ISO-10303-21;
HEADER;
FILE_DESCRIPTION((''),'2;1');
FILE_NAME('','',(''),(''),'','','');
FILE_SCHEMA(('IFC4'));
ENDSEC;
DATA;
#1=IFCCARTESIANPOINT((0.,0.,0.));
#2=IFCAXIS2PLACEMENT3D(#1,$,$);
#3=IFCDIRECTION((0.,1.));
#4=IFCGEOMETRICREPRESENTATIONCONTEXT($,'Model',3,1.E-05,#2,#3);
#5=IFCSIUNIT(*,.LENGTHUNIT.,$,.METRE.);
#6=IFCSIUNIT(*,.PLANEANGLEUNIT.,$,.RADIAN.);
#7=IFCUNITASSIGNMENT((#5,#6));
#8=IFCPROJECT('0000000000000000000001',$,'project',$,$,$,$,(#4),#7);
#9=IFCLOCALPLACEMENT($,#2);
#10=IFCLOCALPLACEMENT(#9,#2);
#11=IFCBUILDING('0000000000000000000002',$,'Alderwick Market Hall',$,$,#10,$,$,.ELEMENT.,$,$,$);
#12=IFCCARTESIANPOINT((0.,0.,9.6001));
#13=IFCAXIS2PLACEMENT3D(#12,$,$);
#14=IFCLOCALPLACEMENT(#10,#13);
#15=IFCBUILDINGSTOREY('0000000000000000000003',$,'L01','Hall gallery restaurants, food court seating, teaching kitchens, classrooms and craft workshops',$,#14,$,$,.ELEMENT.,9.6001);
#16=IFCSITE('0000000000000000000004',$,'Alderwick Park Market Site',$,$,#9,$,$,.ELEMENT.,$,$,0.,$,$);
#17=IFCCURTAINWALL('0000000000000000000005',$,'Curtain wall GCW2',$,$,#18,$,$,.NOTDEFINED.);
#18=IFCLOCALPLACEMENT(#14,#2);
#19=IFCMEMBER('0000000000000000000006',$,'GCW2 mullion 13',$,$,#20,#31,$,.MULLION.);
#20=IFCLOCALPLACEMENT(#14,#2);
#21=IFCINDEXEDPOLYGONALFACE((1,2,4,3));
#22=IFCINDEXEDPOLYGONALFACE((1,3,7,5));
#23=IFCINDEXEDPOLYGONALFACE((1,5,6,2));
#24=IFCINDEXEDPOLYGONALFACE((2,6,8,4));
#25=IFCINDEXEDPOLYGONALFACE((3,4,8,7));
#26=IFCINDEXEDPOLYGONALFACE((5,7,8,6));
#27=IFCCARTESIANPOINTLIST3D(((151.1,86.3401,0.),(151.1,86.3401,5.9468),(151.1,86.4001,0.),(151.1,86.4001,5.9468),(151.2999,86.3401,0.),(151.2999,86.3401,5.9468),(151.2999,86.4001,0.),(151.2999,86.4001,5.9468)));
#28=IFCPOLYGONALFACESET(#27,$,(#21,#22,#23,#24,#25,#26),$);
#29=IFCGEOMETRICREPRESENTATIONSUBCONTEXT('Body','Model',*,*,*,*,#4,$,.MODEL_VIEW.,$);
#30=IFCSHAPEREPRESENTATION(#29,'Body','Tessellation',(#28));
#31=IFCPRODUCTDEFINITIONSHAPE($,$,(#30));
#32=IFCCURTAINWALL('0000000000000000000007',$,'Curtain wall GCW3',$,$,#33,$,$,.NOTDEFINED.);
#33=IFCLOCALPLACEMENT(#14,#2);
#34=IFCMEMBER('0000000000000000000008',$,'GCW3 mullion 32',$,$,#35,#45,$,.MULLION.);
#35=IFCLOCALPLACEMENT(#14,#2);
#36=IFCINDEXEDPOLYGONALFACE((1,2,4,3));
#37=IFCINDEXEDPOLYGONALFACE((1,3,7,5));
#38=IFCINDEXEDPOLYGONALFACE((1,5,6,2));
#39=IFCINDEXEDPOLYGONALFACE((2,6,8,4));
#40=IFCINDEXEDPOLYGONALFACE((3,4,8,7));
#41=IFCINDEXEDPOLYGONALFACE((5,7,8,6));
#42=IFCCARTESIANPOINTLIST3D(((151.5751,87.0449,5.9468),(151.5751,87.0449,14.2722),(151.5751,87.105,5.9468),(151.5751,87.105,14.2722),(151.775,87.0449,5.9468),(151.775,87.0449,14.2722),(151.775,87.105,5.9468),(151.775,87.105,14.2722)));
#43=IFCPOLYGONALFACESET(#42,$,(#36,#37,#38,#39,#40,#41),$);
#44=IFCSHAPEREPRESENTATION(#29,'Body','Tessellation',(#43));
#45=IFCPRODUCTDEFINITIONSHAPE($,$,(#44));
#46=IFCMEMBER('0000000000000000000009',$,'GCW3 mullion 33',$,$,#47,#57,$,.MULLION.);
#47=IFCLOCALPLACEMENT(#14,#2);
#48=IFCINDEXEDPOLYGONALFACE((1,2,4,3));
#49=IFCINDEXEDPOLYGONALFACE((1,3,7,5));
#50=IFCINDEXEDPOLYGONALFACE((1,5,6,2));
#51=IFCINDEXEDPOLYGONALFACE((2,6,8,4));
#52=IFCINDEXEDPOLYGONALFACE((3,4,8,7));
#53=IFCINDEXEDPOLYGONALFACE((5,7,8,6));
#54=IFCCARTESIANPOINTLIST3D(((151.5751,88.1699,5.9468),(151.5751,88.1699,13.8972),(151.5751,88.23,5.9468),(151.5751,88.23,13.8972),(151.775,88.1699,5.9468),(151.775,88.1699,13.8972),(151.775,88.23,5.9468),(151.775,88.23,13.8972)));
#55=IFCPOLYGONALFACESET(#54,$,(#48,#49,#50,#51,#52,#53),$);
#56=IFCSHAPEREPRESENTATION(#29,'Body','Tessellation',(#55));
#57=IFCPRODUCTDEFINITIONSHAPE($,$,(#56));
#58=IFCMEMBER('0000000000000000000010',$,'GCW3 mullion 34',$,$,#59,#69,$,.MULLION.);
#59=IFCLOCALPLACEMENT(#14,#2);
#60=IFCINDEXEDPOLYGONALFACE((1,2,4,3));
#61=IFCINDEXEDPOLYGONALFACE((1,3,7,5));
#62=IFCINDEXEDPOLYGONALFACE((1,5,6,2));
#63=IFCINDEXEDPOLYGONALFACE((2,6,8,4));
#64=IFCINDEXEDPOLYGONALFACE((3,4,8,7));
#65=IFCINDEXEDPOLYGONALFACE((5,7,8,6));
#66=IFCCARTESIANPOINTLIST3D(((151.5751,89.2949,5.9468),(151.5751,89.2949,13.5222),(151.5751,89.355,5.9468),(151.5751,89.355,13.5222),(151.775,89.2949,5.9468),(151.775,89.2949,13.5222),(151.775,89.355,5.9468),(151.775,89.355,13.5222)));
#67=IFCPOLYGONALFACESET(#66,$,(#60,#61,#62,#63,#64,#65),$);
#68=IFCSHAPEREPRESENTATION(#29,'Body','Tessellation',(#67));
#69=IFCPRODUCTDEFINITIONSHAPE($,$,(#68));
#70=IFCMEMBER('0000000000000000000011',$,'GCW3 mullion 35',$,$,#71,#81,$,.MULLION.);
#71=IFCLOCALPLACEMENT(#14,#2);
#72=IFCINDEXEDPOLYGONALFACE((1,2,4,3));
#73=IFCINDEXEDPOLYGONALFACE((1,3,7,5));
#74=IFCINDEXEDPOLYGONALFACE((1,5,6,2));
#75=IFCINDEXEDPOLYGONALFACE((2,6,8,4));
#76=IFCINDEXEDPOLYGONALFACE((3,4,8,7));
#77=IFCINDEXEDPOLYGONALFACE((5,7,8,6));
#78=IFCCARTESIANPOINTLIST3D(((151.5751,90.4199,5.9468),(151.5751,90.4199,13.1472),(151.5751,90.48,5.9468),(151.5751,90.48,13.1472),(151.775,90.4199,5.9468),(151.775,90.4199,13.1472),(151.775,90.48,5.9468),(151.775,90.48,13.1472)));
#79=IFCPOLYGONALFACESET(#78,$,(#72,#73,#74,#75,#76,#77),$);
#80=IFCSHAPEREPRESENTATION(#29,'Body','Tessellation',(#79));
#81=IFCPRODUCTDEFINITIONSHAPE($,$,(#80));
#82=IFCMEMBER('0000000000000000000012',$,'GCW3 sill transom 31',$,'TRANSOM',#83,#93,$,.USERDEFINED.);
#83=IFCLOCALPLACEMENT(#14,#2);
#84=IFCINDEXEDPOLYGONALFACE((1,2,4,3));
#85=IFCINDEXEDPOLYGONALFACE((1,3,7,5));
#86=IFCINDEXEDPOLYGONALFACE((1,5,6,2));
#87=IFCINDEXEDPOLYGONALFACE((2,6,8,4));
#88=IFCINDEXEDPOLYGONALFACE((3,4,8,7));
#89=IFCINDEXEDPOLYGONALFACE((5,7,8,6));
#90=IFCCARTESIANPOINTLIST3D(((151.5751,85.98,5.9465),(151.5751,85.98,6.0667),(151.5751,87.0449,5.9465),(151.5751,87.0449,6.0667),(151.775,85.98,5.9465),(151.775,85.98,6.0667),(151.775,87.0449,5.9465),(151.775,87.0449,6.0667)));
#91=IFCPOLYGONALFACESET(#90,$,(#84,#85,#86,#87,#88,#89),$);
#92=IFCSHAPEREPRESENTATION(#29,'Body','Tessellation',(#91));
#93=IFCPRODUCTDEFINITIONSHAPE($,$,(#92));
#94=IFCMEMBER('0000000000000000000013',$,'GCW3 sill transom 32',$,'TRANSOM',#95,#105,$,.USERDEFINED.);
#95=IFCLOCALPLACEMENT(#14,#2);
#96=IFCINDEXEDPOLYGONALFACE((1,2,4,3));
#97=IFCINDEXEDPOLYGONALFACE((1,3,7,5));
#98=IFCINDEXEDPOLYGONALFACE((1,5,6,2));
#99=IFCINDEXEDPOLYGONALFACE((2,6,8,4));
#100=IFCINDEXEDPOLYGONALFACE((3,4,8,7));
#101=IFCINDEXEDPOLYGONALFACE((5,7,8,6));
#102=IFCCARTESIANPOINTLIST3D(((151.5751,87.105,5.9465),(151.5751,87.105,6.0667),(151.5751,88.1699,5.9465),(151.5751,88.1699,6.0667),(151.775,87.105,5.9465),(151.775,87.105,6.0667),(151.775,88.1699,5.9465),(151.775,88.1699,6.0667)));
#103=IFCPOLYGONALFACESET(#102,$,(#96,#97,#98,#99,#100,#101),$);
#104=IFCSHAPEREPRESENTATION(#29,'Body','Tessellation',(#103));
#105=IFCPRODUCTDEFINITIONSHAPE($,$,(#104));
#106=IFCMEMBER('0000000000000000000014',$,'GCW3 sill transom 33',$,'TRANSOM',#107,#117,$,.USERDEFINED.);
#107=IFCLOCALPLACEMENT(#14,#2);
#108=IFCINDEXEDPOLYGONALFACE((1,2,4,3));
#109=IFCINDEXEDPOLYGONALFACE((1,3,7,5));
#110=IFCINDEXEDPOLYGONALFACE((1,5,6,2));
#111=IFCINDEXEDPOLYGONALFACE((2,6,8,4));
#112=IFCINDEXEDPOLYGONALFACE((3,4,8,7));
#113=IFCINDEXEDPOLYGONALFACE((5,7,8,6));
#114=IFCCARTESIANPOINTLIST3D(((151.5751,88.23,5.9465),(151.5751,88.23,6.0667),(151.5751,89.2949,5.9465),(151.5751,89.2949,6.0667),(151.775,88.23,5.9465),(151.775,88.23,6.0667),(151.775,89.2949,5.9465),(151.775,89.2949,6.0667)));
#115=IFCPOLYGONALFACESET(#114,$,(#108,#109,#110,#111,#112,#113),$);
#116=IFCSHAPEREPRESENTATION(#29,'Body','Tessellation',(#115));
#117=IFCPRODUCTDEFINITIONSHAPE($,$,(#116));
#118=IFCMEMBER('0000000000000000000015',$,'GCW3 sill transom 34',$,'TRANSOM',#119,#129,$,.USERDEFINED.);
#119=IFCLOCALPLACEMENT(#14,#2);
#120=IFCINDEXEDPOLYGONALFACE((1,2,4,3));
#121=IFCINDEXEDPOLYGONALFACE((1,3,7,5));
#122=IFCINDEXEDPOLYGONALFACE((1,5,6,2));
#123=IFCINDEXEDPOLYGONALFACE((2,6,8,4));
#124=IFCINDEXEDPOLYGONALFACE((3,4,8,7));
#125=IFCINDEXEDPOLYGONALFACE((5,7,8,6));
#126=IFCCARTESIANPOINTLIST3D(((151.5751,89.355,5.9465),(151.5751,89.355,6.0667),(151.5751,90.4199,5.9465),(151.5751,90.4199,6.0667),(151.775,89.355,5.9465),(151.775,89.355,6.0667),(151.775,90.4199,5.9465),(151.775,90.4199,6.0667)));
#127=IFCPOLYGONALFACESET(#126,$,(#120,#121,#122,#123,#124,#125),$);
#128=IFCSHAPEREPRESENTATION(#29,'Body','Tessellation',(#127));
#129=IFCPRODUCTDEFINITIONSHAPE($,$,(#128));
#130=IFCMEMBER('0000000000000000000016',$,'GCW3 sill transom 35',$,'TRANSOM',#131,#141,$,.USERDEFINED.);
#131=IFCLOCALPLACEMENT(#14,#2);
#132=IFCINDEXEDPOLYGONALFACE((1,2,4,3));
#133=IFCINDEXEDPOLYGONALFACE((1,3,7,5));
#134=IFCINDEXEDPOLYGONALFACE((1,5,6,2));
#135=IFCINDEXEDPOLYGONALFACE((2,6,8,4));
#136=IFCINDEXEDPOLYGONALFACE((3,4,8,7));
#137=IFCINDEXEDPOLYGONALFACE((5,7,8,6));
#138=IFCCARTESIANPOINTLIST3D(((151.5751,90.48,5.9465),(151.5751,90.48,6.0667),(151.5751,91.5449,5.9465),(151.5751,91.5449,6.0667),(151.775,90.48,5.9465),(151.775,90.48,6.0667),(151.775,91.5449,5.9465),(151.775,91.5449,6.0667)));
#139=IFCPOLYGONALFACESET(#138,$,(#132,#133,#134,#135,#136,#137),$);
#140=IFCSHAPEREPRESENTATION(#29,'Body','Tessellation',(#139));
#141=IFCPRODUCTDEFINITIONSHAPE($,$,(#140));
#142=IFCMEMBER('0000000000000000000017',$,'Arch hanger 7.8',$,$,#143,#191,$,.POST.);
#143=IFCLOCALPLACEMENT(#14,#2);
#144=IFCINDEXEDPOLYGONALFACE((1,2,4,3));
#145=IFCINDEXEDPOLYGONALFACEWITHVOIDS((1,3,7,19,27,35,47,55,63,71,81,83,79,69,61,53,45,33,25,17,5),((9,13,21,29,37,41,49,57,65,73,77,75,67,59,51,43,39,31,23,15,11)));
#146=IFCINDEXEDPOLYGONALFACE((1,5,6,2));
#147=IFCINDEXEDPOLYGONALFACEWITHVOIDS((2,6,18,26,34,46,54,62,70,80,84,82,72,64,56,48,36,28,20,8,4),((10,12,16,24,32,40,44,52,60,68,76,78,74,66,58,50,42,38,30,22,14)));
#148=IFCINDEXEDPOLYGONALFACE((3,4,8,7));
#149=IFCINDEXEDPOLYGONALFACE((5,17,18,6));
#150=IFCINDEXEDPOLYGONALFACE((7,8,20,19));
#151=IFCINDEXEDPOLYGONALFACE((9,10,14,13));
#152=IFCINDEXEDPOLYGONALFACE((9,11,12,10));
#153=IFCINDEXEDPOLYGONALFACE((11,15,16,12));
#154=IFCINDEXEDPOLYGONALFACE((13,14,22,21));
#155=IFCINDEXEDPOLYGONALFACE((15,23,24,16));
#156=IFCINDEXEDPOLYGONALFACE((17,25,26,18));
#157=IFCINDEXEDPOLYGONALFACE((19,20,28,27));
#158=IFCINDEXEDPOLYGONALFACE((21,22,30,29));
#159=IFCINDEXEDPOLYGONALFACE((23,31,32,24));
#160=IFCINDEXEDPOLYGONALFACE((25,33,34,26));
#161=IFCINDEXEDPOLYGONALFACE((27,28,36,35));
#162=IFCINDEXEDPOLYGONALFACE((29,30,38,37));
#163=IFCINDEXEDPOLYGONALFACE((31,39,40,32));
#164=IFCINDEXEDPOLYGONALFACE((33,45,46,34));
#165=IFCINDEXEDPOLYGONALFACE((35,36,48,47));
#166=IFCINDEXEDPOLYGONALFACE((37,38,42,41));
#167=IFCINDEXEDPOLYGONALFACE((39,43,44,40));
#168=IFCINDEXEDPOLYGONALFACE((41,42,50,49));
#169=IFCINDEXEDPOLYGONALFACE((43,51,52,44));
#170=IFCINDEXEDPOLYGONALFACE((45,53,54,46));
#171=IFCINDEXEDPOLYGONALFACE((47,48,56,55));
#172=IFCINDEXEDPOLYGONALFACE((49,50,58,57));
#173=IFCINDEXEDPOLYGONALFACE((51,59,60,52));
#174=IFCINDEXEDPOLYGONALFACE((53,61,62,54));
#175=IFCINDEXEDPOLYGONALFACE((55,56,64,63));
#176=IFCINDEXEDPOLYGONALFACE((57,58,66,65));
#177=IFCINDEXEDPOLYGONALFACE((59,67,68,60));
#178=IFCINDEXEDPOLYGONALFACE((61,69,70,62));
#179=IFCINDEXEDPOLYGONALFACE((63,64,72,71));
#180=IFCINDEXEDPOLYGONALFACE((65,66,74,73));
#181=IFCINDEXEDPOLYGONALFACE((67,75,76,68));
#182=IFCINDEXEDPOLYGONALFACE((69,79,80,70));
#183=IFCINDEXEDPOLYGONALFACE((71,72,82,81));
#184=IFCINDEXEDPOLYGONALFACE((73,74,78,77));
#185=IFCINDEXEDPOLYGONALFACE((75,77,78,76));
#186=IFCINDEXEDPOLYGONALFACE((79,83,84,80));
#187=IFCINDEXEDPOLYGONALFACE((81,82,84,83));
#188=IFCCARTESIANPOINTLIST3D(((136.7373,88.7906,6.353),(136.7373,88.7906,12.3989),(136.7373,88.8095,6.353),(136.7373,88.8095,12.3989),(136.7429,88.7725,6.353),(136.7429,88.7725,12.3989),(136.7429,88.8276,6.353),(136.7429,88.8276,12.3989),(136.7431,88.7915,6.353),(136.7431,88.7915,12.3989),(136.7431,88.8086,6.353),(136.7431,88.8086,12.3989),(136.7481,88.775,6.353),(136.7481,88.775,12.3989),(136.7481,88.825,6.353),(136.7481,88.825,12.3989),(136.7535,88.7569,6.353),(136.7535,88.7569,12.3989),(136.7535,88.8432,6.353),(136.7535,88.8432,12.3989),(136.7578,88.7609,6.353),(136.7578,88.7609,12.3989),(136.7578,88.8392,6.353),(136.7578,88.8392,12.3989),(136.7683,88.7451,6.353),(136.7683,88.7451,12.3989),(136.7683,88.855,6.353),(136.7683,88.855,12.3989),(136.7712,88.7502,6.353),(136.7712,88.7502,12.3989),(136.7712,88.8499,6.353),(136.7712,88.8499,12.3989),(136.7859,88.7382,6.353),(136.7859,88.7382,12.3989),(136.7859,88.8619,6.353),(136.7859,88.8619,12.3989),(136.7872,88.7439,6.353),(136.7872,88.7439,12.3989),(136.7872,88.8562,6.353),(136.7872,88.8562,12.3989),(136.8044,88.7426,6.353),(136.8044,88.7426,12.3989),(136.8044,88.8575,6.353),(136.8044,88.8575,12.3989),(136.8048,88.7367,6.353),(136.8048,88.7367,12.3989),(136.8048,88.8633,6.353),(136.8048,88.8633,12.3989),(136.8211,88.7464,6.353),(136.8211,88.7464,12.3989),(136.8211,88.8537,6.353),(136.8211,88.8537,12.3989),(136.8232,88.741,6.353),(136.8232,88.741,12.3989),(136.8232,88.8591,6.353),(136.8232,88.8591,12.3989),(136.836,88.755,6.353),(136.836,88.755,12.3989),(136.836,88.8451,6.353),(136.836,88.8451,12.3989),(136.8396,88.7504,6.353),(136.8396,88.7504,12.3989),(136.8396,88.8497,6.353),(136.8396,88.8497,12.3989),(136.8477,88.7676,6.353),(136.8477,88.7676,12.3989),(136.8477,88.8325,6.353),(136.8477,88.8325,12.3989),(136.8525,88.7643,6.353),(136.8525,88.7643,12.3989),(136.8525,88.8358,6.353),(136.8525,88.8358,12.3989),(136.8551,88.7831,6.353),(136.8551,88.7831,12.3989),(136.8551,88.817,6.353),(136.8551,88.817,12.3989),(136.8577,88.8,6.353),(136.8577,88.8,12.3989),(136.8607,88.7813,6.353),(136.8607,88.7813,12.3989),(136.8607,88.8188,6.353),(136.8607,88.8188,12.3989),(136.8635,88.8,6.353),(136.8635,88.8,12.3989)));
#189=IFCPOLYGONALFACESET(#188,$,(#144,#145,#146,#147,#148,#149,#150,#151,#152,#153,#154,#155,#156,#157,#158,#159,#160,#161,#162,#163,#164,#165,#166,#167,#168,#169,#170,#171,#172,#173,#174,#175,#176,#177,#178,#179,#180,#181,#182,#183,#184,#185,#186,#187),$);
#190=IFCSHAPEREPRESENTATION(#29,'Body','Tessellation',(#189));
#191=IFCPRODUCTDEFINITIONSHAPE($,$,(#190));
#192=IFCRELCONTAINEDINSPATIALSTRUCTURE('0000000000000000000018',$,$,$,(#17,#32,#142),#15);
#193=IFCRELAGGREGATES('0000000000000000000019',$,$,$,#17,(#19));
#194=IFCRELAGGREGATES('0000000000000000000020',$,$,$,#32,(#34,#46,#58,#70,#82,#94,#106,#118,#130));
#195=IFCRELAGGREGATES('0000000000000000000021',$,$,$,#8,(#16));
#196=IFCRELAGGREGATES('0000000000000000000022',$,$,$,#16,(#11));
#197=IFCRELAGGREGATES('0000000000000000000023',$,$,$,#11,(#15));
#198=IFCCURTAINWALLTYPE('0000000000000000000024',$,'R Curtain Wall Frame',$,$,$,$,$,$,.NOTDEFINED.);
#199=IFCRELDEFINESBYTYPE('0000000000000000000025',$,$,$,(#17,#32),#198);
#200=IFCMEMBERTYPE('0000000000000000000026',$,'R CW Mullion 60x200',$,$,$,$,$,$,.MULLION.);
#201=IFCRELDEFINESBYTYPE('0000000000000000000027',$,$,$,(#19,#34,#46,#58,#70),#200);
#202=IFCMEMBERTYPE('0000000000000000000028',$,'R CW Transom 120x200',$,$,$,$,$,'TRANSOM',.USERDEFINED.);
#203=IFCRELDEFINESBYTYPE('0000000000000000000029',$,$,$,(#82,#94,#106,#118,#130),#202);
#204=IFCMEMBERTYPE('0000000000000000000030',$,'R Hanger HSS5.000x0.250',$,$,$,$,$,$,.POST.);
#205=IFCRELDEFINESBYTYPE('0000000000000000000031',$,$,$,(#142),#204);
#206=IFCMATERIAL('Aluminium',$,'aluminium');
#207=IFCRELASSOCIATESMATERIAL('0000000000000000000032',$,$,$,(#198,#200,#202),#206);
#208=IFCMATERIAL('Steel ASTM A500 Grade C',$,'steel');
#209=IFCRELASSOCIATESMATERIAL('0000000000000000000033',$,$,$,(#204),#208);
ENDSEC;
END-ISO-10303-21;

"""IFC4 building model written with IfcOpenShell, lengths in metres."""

from ifc_helpers import new_model, si_unit, direction, frame, origin, origin_2d, place, context, subcontext, project, spatial, rectangle, hollow_circle, extrude, material, material_profile, profile_set, type_object, element, aggregate, save


model = new_model("IFC4")

# Units and contexts
model_context = context("Model", 3, precision=1e-05, world=origin(), true_north=direction((0.0, 1.0)))
body_context = subcontext(model_context, "Body", "Model", "MODEL_VIEW")
ifc_project = project(units=[si_unit("LENGTHUNIT", "METRE"), si_unit("PLANEANGLEUNIT", "RADIAN")], contexts=[model_context])

# Site, building, storey
site_placement = place(None, origin())
site = spatial("IfcSite", under=ifc_project, at=site_placement, Name="Alderwick Park Market Site", CompositionType="ELEMENT", RefElevation=0.0)
building_placement = place(site_placement, origin())
building = spatial("IfcBuilding", under=site, at=building_placement, Name="Alderwick Market Hall", CompositionType="ELEMENT")
storey_placement = place(building_placement, frame((0.0, 0.0, 9.6001)))
storey = spatial("IfcBuildingStorey", under=building, at=storey_placement, Name="L01", Description="Hall gallery restaurants, food court seating, teaching kitchens, classrooms and craft workshops", CompositionType="ELEMENT", Elevation=9.6001)

# Curtain wall, member
ifc_material_1 = material(Name="Aluminium", Category="aluminium")
curtain_wall_type = type_object("IfcCurtainWallType", Name="R Curtain Wall Frame", PredefinedType="NOTDEFINED", material=ifc_material_1)
curtain_wall_1_placement = place(storey_placement, origin())
curtain_wall_1 = element("IfcCurtainWall", 1, at=curtain_wall_1_placement, inside=storey, type_object=curtain_wall_type, Name="Curtain wall GCW2", PredefinedType="NOTDEFINED")
ifc_material_profile_1 = material_profile(ifc_material_1, rectangle(XDim=0.2, YDim=0.0601, at=origin_2d()), Name="AL 60x200")
ifc_profile_set_1 = profile_set([ifc_material_profile_1], Name="Aluminium")
member_type_1 = type_object("IfcMemberType", Name="R CW Mullion 60x200", PredefinedType="MULLION", material=ifc_profile_set_1)
member_1_placement = place(storey_placement, frame((151.2, 86.3701, 0.0), z_axis=(0.0, 0.0, 1.0), x_axis=(1.0, 0.0, 0.0)))
member_1 = element("IfcMember", 2, at=member_1_placement, type_object=member_type_1, Name="GCW2 mullion 13", PredefinedType="MULLION", context=body_context, shape_type="SweptSolid", body=[
    extrude(rectangle(XDim=0.2, YDim=0.0601, at=origin_2d()), origin(), (0.0, 0.0, 1.0), 5.9468),
])
aggregate(curtain_wall_1, [member_1])

# Curtain wall, members
curtain_wall_2_placement = place(storey_placement, origin())
curtain_wall_2 = element("IfcCurtainWall", 3, at=curtain_wall_2_placement, inside=storey, type_object=curtain_wall_type, Name="Curtain wall GCW3", PredefinedType="NOTDEFINED")
member_2_placement = place(storey_placement, frame((151.675, 87.075, 5.9468), z_axis=(0.0, 0.0, 1.0), x_axis=(1.0, 0.0, 0.0)))
member_2 = element("IfcMember", 4, at=member_2_placement, type_object=member_type_1, Name="GCW3 mullion 32", PredefinedType="MULLION", context=body_context, shape_type="SweptSolid", body=[
    extrude(rectangle(XDim=0.2, YDim=0.0601, at=origin_2d()), origin(), (0.0, 0.0, 1.0), 8.3254),
])
member_3_placement = place(storey_placement, frame((151.675, 88.2, 5.9468), z_axis=(0.0, 0.0, 1.0), x_axis=(1.0, 0.0, 0.0)))
member_3 = element("IfcMember", 5, at=member_3_placement, type_object=member_type_1, Name="GCW3 mullion 33", PredefinedType="MULLION", context=body_context, shape_type="SweptSolid", body=[
    extrude(rectangle(XDim=0.2, YDim=0.0601, at=origin_2d()), origin(), (0.0, 0.0, 1.0), 7.9504),
])
member_4_placement = place(storey_placement, frame((151.675, 89.325, 5.9468), z_axis=(0.0, 0.0, 1.0), x_axis=(1.0, 0.0, 0.0)))
member_4 = element("IfcMember", 6, at=member_4_placement, type_object=member_type_1, Name="GCW3 mullion 34", PredefinedType="MULLION", context=body_context, shape_type="SweptSolid", body=[
    extrude(rectangle(XDim=0.2, YDim=0.0601, at=origin_2d()), origin(), (0.0, 0.0, 1.0), 7.5754),
])
member_5_placement = place(storey_placement, frame((151.675, 90.45, 5.9468), z_axis=(0.0, 0.0, 1.0), x_axis=(1.0, 0.0, 0.0)))
member_5 = element("IfcMember", 7, at=member_5_placement, type_object=member_type_1, Name="GCW3 mullion 35", PredefinedType="MULLION", context=body_context, shape_type="SweptSolid", body=[
    extrude(rectangle(XDim=0.2, YDim=0.0601, at=origin_2d()), origin(), (0.0, 0.0, 1.0), 7.2004),
])
ifc_material_profile_2 = material_profile(ifc_material_1, rectangle(XDim=0.2, YDim=0.1201, at=origin_2d()), Name="AL 120x200")
ifc_profile_set_2 = profile_set([ifc_material_profile_2], Name="Aluminium")
member_type_2 = type_object("IfcMemberType", Name="R CW Transom 120x200", ElementType="TRANSOM", PredefinedType="USERDEFINED", material=ifc_profile_set_2)
member_6_placement = place(storey_placement, frame((151.675, 85.98, 6.0066), z_axis=(0.0, 1.0, 0.0), x_axis=(-1.0, 0.0, 0.0)))
member_6 = element("IfcMember", 8, at=member_6_placement, type_object=member_type_2, Name="GCW3 sill transom 31", ObjectType="TRANSOM", PredefinedType="USERDEFINED", context=body_context, shape_type="SweptSolid", body=[
    extrude(rectangle(XDim=0.2, YDim=0.1201, at=origin_2d()), origin(), (0.0, 0.0, 1.0), 1.0649),
])
member_7_placement = place(storey_placement, frame((151.675, 87.105, 6.0066), z_axis=(0.0, 1.0, 0.0), x_axis=(-1.0, 0.0, 0.0)))
member_7 = element("IfcMember", 9, at=member_7_placement, type_object=member_type_2, Name="GCW3 sill transom 32", ObjectType="TRANSOM", PredefinedType="USERDEFINED", context=body_context, shape_type="SweptSolid", body=[
    extrude(rectangle(XDim=0.2, YDim=0.1201, at=origin_2d()), origin(), (0.0, 0.0, 1.0), 1.0649),
])
member_8_placement = place(storey_placement, frame((151.675, 88.23, 6.0066), z_axis=(0.0, 1.0, 0.0), x_axis=(-1.0, 0.0, 0.0)))
member_8 = element("IfcMember", 10, at=member_8_placement, type_object=member_type_2, Name="GCW3 sill transom 33", ObjectType="TRANSOM", PredefinedType="USERDEFINED", context=body_context, shape_type="SweptSolid", body=[
    extrude(rectangle(XDim=0.2, YDim=0.1201, at=origin_2d()), origin(), (0.0, 0.0, 1.0), 1.0649),
])
member_9_placement = place(storey_placement, frame((151.675, 89.355, 6.0066), z_axis=(0.0, 1.0, 0.0), x_axis=(-1.0, 0.0, 0.0)))
member_9 = element("IfcMember", 11, at=member_9_placement, type_object=member_type_2, Name="GCW3 sill transom 34", ObjectType="TRANSOM", PredefinedType="USERDEFINED", context=body_context, shape_type="SweptSolid", body=[
    extrude(rectangle(XDim=0.2, YDim=0.1201, at=origin_2d()), origin(), (0.0, 0.0, 1.0), 1.0649),
])
member_10_placement = place(storey_placement, frame((151.675, 90.48, 6.0066), z_axis=(0.0, 1.0, 0.0), x_axis=(-1.0, 0.0, 0.0)))
member_10 = element("IfcMember", 12, at=member_10_placement, type_object=member_type_2, Name="GCW3 sill transom 35", ObjectType="TRANSOM", PredefinedType="USERDEFINED", context=body_context, shape_type="SweptSolid", body=[
    extrude(rectangle(XDim=0.2, YDim=0.1201, at=origin_2d()), origin(), (0.0, 0.0, 1.0), 1.0649),
])

# Member
ifc_material_2 = material(Name="Steel ASTM A500 Grade C", Category="steel")
ifc_material_profile_3 = material_profile(ifc_material_2, hollow_circle(Radius=0.0635, WallThickness=0.0059, at=origin_2d()), Name="HSS5.000x0.250")
ifc_profile_set_3 = profile_set([ifc_material_profile_3], Name="Steel ASTM A500 Grade C")
member_type_3 = type_object("IfcMemberType", Name="R Hanger HSS5.000x0.250", PredefinedType="POST", material=ifc_profile_set_3)
member_11_placement = place(storey_placement, frame((136.8, 88.8, 6.353), z_axis=(0.0, 0.0, 1.0), x_axis=(1.0, 0.0, 0.0)))
element("IfcMember", 13, at=member_11_placement, inside=storey, type_object=member_type_3, Name="Arch hanger 7.8", PredefinedType="POST", context=body_context, shape_type="SweptSolid", body=[
    extrude(hollow_circle(Radius=0.0635, WallThickness=0.0059, at=origin_2d()), origin(), (0.0, 0.0, 1.0), 6.0459),
])

aggregate(curtain_wall_2, [member_2, member_3, member_4, member_5, member_6, member_7, member_8, member_9, member_10])

save(model, "model.ifc")
